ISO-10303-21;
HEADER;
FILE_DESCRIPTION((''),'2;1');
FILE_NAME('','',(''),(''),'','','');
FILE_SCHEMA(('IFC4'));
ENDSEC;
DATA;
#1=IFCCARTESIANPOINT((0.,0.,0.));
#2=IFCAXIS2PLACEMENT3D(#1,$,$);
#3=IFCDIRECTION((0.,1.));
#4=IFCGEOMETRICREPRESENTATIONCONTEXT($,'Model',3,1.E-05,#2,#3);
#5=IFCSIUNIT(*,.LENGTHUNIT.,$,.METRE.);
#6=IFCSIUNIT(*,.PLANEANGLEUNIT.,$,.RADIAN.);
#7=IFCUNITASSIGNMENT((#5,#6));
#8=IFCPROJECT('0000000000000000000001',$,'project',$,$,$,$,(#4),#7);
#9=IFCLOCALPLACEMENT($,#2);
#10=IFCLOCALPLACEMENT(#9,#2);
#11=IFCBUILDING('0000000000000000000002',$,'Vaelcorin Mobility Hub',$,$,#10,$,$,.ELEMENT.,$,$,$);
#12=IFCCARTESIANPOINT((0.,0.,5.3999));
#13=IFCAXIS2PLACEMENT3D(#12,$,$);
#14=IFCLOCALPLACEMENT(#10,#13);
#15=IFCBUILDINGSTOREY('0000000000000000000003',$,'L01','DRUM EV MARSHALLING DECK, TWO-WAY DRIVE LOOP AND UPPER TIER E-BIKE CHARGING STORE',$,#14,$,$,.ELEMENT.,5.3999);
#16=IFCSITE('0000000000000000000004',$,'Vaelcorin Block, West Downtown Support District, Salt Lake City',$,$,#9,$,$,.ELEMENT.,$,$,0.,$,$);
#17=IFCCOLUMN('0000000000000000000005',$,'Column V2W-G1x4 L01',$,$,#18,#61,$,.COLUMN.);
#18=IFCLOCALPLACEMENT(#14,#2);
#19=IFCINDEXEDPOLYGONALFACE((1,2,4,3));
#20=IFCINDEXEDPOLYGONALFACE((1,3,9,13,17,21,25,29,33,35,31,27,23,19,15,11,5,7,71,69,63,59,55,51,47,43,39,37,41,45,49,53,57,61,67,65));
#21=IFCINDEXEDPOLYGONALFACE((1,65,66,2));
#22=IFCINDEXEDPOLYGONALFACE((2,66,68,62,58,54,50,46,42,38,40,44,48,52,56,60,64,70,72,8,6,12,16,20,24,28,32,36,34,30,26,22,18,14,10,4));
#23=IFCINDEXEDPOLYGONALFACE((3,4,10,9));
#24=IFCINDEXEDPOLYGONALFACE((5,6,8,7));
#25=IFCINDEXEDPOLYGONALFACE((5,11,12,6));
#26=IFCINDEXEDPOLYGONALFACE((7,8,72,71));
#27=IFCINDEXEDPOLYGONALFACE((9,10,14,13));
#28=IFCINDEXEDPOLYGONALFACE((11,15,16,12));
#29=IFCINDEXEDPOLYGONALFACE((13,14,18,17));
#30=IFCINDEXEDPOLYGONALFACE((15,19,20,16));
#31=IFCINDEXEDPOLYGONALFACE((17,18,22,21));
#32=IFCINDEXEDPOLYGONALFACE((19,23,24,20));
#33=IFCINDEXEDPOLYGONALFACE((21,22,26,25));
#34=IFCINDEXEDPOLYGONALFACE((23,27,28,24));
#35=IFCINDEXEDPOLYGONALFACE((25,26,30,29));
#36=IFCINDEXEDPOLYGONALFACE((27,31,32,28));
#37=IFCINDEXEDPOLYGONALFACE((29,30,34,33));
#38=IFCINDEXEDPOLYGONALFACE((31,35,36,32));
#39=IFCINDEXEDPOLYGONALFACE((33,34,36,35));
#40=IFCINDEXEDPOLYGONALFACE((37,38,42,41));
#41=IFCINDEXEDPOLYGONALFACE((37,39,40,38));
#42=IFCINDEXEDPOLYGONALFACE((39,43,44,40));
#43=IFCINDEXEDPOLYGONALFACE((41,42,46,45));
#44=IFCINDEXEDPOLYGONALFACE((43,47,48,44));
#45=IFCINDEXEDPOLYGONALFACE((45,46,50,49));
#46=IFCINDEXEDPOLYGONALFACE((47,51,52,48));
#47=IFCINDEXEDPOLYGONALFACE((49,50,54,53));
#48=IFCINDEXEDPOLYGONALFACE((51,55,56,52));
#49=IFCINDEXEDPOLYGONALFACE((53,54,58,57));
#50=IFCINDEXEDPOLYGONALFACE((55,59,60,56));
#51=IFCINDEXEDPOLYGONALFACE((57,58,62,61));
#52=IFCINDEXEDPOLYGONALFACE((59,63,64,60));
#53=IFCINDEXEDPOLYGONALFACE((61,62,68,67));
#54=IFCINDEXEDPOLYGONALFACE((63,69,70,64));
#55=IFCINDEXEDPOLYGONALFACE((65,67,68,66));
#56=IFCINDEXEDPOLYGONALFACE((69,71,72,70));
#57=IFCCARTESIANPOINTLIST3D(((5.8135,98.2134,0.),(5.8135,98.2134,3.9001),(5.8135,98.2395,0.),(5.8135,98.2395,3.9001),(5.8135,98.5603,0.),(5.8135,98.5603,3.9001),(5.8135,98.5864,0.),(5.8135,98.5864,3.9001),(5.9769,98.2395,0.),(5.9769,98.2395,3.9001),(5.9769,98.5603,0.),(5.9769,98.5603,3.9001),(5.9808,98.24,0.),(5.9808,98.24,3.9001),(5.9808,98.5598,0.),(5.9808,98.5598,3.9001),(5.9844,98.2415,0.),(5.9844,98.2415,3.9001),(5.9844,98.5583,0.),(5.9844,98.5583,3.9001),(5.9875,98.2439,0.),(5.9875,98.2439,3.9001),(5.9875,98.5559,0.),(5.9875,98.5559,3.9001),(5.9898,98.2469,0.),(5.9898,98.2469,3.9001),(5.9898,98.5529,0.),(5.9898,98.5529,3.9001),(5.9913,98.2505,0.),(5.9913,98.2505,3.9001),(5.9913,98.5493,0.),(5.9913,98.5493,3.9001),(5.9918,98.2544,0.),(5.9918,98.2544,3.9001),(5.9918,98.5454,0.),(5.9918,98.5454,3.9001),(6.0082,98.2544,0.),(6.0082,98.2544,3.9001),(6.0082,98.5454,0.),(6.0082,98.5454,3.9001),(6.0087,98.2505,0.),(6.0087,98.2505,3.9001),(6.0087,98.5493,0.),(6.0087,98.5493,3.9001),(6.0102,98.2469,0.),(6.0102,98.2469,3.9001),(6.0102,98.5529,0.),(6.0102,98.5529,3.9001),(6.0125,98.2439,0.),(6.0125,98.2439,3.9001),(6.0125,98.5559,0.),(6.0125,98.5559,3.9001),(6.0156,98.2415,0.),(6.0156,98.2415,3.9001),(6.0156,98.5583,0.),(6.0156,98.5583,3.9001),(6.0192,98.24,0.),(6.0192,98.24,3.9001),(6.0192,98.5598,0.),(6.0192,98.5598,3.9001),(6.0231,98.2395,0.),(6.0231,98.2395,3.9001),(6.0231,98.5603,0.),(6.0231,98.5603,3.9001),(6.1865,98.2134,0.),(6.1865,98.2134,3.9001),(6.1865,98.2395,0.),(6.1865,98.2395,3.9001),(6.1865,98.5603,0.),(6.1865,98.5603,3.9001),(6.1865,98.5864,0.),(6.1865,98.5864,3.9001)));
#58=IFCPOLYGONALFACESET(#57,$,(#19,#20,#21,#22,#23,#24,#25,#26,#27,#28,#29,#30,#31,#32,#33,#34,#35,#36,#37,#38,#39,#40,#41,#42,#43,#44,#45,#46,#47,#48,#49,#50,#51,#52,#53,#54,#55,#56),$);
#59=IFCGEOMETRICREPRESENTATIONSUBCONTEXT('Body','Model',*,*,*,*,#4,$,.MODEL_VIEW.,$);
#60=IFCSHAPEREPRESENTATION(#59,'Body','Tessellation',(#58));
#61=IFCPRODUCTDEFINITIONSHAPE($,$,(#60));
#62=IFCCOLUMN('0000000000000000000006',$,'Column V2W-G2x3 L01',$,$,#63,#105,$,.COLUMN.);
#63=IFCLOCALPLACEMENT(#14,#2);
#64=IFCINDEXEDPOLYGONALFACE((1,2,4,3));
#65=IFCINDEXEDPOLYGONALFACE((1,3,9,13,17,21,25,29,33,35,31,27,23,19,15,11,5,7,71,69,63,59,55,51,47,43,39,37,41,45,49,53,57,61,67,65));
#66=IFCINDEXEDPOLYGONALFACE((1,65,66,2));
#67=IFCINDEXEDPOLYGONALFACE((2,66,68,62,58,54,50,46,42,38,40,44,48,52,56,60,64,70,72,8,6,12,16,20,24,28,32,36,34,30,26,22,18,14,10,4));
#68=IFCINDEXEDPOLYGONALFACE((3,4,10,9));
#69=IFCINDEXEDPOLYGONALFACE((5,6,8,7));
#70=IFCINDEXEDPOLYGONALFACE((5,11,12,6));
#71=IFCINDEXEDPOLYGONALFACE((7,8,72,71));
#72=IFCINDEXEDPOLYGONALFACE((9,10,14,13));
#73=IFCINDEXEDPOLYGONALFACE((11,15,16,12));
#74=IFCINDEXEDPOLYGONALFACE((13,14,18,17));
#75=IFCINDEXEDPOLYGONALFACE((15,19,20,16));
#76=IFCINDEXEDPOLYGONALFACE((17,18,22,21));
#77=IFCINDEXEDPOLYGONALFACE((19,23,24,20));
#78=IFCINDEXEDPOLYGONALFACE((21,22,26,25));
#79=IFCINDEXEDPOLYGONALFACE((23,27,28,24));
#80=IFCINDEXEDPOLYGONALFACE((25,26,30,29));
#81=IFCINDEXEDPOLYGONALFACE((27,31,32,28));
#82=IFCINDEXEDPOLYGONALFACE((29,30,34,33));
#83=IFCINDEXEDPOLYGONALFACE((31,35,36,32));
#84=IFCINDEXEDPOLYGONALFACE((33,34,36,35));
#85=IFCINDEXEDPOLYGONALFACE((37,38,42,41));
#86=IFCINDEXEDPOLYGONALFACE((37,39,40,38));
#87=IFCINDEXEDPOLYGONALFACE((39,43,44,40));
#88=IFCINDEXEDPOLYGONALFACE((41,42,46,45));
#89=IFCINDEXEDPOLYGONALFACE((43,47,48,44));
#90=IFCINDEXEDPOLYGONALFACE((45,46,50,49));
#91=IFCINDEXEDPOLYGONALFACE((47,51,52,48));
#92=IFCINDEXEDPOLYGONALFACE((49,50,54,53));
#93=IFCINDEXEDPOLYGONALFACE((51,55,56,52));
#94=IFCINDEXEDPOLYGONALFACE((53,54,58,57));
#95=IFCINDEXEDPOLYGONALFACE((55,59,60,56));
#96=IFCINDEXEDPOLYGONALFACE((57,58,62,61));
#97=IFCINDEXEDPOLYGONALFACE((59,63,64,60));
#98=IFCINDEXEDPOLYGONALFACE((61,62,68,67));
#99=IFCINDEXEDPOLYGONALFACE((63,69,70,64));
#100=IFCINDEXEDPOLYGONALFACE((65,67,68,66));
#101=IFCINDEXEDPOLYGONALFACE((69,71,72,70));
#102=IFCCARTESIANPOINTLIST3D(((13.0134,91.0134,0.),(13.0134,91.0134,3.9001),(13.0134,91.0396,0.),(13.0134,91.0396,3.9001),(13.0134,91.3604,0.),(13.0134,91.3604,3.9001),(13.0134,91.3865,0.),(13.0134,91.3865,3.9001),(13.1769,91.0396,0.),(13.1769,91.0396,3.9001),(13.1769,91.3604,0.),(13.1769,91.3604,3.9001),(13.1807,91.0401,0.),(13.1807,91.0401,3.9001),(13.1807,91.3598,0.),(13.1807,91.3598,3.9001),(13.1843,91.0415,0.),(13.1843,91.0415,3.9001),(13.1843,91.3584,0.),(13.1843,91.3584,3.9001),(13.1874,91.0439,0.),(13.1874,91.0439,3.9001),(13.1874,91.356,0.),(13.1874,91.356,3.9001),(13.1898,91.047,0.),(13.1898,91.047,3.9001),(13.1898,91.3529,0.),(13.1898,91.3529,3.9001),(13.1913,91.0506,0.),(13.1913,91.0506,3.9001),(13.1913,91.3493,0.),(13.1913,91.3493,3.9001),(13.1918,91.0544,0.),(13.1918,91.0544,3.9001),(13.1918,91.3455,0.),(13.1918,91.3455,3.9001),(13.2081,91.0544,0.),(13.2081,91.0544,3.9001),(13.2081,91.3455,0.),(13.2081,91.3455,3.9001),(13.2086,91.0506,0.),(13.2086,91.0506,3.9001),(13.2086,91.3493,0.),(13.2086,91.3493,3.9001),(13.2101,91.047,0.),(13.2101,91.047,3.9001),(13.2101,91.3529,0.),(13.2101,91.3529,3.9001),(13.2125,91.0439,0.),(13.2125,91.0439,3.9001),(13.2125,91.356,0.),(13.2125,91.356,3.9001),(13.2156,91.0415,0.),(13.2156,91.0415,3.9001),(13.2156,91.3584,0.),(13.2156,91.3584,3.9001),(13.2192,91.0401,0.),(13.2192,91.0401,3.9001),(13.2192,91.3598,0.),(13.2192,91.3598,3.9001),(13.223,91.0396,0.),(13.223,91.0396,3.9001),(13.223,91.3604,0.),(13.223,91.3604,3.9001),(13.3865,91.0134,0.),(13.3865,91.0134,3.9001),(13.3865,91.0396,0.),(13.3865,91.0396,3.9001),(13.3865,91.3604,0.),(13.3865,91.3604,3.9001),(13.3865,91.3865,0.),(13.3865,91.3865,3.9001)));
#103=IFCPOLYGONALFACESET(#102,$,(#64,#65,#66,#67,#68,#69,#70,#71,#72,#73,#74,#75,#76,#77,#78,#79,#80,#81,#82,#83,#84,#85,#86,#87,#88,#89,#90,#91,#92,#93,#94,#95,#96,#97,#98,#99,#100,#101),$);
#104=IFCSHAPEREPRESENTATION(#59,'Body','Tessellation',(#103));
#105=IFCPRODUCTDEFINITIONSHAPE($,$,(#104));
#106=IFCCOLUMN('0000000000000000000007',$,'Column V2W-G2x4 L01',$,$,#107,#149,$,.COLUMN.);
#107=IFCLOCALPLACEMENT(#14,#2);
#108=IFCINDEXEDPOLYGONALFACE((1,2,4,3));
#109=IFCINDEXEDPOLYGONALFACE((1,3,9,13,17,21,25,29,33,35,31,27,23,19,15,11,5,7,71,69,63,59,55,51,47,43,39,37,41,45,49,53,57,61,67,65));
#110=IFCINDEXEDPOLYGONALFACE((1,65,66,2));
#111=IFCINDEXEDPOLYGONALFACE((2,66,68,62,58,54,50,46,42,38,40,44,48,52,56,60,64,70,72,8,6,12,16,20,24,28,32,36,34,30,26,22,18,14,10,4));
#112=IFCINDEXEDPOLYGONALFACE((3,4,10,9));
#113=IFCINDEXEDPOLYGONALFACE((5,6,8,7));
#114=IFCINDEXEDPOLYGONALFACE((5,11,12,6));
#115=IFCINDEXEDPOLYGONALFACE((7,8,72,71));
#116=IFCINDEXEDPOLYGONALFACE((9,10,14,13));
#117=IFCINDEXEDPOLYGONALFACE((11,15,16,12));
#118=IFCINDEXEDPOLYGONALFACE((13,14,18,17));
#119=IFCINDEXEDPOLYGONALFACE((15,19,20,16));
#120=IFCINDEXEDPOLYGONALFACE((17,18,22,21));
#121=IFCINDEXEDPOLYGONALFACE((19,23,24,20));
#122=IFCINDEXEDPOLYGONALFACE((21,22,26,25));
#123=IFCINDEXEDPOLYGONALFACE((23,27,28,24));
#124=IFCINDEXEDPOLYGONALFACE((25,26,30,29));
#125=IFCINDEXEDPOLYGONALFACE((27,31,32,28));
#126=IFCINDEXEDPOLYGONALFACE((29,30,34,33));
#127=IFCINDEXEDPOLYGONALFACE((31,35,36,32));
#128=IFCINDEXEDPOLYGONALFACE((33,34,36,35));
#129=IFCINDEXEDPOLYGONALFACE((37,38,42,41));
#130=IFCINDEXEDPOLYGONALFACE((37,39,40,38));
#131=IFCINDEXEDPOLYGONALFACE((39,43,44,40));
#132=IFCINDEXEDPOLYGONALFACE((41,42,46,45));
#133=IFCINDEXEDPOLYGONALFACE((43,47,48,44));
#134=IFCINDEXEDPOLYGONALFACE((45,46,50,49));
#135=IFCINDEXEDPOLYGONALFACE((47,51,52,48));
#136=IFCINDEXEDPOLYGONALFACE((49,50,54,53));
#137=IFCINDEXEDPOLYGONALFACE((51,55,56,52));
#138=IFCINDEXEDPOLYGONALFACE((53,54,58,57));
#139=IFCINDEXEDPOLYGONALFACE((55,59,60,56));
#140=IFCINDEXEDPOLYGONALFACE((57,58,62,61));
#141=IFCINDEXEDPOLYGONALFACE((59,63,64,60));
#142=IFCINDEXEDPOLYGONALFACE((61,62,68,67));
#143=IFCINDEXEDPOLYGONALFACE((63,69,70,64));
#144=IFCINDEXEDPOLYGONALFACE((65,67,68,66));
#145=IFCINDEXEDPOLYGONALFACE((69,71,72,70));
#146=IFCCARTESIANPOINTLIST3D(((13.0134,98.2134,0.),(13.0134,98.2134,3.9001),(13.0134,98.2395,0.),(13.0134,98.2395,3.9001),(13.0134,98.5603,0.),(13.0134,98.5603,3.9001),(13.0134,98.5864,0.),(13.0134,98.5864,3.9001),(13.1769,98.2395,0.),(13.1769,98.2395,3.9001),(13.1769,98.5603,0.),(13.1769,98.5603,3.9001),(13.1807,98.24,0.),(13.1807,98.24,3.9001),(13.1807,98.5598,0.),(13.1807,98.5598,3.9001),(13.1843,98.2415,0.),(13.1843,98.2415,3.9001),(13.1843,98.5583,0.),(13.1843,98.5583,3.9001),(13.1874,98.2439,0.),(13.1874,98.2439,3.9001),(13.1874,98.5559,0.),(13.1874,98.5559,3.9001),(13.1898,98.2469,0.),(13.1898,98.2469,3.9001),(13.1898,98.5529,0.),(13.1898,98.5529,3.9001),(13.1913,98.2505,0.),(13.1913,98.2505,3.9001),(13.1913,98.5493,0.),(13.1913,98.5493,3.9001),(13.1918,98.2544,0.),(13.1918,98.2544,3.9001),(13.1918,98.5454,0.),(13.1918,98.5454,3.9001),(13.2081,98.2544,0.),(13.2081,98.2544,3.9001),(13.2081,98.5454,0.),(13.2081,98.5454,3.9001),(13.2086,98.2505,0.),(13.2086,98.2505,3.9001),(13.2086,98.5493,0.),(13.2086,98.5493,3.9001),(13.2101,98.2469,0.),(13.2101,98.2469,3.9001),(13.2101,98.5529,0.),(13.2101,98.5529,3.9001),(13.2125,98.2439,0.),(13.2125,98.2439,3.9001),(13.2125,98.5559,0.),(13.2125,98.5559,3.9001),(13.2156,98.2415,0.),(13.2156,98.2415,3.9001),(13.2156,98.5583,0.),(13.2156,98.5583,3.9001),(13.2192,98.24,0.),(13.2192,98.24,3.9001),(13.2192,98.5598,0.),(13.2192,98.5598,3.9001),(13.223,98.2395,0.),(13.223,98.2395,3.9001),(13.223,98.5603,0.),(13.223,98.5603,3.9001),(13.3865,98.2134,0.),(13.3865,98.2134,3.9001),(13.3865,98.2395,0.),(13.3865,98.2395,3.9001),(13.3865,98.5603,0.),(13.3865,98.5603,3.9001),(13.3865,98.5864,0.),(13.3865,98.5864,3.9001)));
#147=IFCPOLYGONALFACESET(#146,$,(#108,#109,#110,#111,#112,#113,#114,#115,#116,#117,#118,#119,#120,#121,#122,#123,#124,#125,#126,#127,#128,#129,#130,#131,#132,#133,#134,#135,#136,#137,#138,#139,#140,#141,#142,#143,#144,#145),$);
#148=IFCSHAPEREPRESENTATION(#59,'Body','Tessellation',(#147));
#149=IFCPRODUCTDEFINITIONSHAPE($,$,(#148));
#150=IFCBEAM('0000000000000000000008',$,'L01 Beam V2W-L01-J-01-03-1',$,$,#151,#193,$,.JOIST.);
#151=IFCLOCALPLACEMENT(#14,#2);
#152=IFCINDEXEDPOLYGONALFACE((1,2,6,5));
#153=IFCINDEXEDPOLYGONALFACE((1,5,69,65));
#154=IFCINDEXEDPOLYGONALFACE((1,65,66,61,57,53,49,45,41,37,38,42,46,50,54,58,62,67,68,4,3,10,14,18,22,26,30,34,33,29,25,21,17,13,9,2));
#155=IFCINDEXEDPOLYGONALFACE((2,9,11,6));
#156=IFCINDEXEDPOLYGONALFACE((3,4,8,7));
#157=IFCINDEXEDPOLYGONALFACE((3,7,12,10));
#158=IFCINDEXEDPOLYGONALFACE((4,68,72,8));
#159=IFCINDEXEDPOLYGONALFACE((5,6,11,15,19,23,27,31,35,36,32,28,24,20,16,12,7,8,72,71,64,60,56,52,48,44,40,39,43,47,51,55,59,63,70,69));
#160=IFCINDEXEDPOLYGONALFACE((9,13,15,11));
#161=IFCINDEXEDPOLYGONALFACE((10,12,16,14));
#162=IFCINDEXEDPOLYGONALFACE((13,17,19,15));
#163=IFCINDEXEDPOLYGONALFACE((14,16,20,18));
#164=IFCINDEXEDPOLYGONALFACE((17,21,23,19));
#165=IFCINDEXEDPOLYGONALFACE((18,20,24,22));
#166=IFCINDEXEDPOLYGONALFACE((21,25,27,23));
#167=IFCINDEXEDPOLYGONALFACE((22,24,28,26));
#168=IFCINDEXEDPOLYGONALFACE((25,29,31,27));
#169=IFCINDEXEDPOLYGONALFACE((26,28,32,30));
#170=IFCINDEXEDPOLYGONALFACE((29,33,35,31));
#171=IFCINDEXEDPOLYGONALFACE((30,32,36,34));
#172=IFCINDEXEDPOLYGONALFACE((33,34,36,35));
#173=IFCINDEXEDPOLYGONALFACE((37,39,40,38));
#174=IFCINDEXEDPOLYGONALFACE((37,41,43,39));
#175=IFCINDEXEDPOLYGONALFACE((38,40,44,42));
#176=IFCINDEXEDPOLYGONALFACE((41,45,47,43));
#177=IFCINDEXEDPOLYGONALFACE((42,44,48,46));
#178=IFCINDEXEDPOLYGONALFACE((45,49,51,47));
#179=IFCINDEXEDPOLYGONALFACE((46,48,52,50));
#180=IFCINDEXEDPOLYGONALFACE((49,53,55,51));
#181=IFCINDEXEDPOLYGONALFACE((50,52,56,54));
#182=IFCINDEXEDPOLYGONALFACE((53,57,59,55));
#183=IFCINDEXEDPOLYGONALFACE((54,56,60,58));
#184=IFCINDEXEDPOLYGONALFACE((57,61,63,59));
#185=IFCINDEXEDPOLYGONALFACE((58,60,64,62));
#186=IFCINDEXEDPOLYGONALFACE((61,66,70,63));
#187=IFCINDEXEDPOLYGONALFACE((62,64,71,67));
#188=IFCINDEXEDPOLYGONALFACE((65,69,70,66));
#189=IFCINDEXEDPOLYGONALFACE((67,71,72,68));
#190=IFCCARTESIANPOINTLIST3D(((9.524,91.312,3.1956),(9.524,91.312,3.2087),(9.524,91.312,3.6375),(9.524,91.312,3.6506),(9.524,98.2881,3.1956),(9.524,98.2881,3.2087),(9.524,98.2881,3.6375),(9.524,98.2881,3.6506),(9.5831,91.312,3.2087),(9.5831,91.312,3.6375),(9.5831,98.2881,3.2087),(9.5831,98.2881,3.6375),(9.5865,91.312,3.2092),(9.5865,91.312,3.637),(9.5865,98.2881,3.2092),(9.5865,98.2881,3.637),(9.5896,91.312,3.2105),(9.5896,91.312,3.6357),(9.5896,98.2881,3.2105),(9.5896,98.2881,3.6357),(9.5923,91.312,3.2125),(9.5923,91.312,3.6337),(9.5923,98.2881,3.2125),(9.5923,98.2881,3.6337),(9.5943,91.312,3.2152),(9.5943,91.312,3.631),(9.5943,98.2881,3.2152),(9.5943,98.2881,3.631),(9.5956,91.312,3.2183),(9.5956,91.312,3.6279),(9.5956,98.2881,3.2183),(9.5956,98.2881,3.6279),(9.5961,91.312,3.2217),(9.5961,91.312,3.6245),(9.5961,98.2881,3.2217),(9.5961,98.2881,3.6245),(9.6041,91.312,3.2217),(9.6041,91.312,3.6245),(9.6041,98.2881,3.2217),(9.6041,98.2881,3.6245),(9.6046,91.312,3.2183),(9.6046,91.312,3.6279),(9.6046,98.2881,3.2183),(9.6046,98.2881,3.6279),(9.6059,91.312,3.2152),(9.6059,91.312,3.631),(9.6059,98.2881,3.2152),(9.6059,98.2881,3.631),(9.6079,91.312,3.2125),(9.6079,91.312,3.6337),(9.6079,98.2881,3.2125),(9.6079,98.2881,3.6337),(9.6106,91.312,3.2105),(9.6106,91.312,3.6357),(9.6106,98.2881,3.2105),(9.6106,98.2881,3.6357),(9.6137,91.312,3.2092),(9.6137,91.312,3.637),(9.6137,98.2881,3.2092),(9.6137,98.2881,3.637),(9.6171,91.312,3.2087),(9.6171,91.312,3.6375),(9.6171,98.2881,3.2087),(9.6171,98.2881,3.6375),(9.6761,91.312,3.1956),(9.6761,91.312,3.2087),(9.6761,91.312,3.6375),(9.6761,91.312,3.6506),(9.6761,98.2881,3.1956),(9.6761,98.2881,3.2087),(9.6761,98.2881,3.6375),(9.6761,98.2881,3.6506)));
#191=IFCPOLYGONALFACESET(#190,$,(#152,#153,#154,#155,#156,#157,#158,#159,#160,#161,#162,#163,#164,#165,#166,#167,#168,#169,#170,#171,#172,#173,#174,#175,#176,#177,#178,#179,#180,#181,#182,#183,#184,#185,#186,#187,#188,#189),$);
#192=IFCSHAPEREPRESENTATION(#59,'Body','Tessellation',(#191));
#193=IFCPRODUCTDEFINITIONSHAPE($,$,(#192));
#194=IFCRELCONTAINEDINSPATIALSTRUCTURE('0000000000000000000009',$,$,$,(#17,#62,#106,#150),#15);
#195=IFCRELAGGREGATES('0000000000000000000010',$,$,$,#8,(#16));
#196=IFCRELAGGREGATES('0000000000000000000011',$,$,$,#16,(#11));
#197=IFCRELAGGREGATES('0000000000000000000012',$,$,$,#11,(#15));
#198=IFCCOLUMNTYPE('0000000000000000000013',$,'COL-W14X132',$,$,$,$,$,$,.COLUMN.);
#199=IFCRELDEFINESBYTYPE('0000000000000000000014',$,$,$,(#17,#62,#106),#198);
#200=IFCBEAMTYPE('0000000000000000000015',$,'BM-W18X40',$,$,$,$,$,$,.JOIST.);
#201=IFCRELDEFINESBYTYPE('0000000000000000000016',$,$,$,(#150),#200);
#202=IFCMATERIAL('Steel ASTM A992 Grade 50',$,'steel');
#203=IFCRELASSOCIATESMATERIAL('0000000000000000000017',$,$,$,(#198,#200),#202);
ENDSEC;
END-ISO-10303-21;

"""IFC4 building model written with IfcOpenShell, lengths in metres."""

from ifc_helpers import new_model, si_unit, direction, frame, origin, origin_2d, place, context, subcontext, project, spatial, i_section, extrude, material, material_profile, profile_set, type_object, element, save


model = new_model("IFC4")

# Units and contexts
model_context = context("Model", 3, precision=1e-05, world=origin(), true_north=direction((0.0, 1.0)))
body_context = subcontext(model_context, "Body", "Model", "MODEL_VIEW")
ifc_project = project(units=[si_unit("LENGTHUNIT", "METRE"), si_unit("PLANEANGLEUNIT", "RADIAN")], contexts=[model_context])

# Site, building, storey
site_placement = place(None, origin())
site = spatial("IfcSite", under=ifc_project, at=site_placement, Name="Vaelcorin Block, West Downtown Support District, Salt Lake City", CompositionType="ELEMENT", RefElevation=0.0)
building_placement = place(site_placement, origin())
building = spatial("IfcBuilding", under=site, at=building_placement, Name="Vaelcorin Mobility Hub", CompositionType="ELEMENT")
storey_placement = place(building_placement, frame((0.0, 0.0, 5.3999)))
storey = spatial("IfcBuildingStorey", under=building, at=storey_placement, Name="L01", Description="DRUM EV MARSHALLING DECK, TWO-WAY DRIVE LOOP AND UPPER TIER E-BIKE CHARGING STORE", CompositionType="ELEMENT", Elevation=5.3999)

# Columns
ifc_material_1 = material(Name="Steel ASTM A992 Grade 50", Category="steel")
ifc_material_profile_1 = material_profile(ifc_material_1, i_section(OverallWidth=0.373, OverallDepth=0.373, WebThickness=0.0164, FlangeThickness=0.0261, FilletRadius=0.0149, at=origin_2d()), Name="W14X132")
ifc_profile_set_1 = profile_set([ifc_material_profile_1], Name="Steel ASTM A992 Grade 50")
column_type_1 = type_object("IfcColumnType", Name="COL-W14X132", PredefinedType="COLUMN", material=ifc_profile_set_1)
for number, where, z_axis, x_axis, name in (
    (1, (6.0, 98.3999, 0.0), (0.0, 0.0, 1.0), (1.0, 0.0, 0.0), "Column V2W-G1x4 L01"),
    (2, (13.2, 91.2, 0.0), (0.0, 0.0, 1.0), (1.0, 0.0, 0.0), "Column V2W-G2x3 L01"),
    (3, (13.2, 98.3999, 0.0), (0.0, 0.0, 1.0), (1.0, 0.0, 0.0), "Column V2W-G2x4 L01"),
):
    element("IfcColumn", number, at=place(storey_placement, frame(where, z_axis=z_axis, x_axis=x_axis)), inside=storey, type_object=column_type_1, Name=name, PredefinedType="COLUMN", context=body_context, shape_type="SweptSolid", body=[
        extrude(i_section(OverallWidth=0.373, OverallDepth=0.373, WebThickness=0.0164, FlangeThickness=0.0261, FilletRadius=0.0149, at=origin_2d()), origin(), (0.0, 0.0, 1.0), 3.9001),
    ])

# Beam
ifc_material_profile_2 = material_profile(ifc_material_1, i_section(OverallWidth=0.1521, OverallDepth=0.4551, WebThickness=0.0081, FlangeThickness=0.0132, FilletRadius=0.0129, at=origin_2d()), Name="W18X40")
ifc_profile_set_2 = profile_set([ifc_material_profile_2], Name="Steel ASTM A992 Grade 50")
beam_type_1 = type_object("IfcBeamType", Name="BM-W18X40", PredefinedType="JOIST", material=ifc_profile_set_2)
beam_1_placement = place(storey_placement, frame((9.6001, 91.312, 3.4231), z_axis=(0.0, 1.0, 0.0), x_axis=(-1.0, 0.0, 0.0)))
element("IfcBeam", 4, at=beam_1_placement, inside=storey, type_object=beam_type_1, Name="L01 Beam V2W-L01-J-01-03-1", PredefinedType="JOIST", context=body_context, shape_type="SweptSolid", body=[
    extrude(i_section(OverallWidth=0.1521, OverallDepth=0.4551, WebThickness=0.0081, FlangeThickness=0.0132, FilletRadius=0.0129, at=origin_2d()), origin(), (0.0, 0.0, 1.0), 6.9761),
])

save(model, "model.ifc")
